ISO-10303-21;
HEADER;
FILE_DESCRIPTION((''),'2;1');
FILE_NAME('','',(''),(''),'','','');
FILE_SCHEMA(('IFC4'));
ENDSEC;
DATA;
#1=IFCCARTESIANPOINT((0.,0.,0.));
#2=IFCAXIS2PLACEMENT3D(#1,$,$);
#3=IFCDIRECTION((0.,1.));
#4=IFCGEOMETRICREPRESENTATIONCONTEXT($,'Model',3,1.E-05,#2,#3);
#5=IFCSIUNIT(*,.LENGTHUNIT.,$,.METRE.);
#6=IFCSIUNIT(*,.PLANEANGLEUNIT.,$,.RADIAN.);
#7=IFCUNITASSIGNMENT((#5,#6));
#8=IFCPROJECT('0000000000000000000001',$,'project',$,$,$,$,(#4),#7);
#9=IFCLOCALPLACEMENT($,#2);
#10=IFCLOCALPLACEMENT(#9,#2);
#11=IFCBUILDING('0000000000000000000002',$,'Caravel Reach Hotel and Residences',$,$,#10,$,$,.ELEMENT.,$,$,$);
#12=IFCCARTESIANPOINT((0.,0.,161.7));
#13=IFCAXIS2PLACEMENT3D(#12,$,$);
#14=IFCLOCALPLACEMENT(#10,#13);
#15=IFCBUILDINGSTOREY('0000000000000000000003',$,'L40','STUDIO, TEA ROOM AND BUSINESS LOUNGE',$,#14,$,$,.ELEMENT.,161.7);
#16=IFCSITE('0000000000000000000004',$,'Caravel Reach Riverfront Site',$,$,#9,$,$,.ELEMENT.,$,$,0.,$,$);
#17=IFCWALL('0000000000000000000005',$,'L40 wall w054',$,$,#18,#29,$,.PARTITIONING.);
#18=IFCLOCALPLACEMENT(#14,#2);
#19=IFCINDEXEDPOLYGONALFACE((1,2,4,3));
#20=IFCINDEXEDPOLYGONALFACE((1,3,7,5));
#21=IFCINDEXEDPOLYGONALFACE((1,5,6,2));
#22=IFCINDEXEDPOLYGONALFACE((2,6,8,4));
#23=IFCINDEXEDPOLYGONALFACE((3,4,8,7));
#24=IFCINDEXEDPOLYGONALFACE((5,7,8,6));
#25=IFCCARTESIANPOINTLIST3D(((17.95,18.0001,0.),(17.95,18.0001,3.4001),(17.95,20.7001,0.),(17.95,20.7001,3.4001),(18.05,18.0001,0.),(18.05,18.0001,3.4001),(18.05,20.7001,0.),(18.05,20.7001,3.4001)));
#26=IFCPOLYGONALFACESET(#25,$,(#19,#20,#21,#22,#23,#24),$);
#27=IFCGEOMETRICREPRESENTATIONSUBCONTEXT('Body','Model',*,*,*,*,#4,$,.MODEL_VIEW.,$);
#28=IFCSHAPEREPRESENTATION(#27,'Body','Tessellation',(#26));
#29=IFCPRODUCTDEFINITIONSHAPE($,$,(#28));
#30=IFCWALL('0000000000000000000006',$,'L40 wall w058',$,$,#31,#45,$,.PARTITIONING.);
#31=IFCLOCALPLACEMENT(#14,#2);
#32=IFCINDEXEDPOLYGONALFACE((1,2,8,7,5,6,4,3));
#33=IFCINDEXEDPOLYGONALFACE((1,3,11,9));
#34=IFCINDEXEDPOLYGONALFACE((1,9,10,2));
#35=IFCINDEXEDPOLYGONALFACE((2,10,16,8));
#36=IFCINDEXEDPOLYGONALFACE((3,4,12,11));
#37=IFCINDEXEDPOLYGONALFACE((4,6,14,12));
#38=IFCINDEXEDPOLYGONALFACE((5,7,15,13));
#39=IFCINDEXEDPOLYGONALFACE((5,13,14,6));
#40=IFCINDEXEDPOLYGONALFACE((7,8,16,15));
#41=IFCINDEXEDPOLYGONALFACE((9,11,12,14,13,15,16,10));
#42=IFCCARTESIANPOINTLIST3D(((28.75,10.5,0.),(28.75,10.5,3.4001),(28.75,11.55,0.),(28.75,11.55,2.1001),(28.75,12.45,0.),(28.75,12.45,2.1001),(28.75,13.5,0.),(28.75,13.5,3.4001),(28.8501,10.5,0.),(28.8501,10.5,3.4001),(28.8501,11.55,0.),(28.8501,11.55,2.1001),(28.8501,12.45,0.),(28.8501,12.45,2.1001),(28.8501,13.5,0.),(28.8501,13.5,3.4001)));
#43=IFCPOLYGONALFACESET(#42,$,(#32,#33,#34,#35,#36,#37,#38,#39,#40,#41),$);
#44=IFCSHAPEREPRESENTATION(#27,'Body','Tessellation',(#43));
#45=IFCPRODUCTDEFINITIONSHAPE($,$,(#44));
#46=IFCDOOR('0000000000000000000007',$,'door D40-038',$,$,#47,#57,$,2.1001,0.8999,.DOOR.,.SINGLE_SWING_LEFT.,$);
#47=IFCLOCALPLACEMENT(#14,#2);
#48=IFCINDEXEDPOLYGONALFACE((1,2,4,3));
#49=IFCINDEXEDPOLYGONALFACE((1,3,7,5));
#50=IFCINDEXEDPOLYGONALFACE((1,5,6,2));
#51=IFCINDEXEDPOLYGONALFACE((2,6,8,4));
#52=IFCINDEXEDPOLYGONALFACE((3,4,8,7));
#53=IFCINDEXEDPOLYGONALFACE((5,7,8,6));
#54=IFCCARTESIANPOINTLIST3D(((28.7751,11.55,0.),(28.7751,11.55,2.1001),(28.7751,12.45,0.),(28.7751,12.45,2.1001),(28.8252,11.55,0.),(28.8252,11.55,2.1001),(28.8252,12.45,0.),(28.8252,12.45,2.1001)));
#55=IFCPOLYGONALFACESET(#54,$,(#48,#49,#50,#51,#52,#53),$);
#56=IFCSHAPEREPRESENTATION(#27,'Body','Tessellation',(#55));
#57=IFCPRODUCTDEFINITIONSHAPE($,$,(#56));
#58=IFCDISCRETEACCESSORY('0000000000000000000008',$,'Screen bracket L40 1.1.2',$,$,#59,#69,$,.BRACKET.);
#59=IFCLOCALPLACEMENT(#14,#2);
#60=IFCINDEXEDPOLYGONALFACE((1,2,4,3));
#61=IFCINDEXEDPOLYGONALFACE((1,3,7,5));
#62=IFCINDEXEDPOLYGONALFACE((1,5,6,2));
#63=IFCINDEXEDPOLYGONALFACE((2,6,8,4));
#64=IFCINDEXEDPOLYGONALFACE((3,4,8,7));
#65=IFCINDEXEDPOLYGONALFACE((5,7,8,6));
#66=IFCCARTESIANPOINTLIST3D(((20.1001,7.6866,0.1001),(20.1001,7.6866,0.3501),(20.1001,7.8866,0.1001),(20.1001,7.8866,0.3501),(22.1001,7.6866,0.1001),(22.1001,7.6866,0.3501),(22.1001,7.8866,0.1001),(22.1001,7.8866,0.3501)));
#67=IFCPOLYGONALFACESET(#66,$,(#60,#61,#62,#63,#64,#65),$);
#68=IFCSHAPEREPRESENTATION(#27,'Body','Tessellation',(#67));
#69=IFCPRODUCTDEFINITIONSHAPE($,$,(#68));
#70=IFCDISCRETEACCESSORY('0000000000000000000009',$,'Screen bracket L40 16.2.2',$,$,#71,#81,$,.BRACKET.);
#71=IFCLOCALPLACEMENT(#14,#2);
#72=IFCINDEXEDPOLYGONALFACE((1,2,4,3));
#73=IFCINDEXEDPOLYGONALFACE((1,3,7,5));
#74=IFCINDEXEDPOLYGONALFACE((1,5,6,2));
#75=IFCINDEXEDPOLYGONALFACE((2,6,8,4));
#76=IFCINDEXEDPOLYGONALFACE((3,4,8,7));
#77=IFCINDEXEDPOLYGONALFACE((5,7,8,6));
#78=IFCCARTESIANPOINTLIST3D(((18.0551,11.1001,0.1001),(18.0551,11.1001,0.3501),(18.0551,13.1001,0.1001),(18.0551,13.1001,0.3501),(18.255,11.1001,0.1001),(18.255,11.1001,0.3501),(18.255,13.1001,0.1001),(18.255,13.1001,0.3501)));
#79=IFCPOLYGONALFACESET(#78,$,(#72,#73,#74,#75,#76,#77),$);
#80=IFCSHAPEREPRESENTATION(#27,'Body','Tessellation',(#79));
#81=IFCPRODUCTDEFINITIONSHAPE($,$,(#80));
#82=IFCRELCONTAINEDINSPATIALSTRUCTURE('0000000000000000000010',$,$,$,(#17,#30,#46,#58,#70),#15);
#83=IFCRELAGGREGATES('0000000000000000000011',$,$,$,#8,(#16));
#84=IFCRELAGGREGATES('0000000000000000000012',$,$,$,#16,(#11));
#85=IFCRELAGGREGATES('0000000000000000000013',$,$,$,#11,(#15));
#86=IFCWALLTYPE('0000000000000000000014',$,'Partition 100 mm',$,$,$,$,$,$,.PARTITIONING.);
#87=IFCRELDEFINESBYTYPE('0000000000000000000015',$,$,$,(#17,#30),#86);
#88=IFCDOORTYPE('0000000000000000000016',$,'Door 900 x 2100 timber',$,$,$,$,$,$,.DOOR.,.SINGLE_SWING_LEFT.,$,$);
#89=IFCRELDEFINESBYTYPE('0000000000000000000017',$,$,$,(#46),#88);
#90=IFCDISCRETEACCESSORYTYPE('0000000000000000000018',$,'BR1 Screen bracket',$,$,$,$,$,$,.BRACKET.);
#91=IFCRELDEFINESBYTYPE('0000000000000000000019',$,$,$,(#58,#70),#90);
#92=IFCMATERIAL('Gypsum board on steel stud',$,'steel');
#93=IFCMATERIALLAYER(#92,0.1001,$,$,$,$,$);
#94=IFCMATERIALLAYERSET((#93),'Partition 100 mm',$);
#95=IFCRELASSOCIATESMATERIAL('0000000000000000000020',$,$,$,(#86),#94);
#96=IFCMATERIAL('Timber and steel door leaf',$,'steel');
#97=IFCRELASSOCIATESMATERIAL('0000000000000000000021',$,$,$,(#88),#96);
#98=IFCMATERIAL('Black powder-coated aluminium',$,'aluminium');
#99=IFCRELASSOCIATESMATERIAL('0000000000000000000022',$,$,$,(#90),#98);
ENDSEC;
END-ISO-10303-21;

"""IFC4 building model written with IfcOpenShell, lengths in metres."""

from ifc_helpers import new_model, si_unit, direction, frame, frame_2d, origin, origin_2d, place, context, subcontext, project, spatial, rectangle, extrude, material, layer, layer_set, type_object, element, fill, save


model = new_model("IFC4")

# Units and contexts
model_context = context("Model", 3, precision=1e-05, world=origin(), true_north=direction((0.0, 1.0)))
body_context = subcontext(model_context, "Body", "Model", "MODEL_VIEW")
ifc_project = project(units=[si_unit("LENGTHUNIT", "METRE"), si_unit("PLANEANGLEUNIT", "RADIAN")], contexts=[model_context])

# Site, building, storey
site_placement = place(None, origin())
site = spatial("IfcSite", under=ifc_project, at=site_placement, Name="Caravel Reach Riverfront Site", CompositionType="ELEMENT", RefElevation=0.0)
building_placement = place(site_placement, origin())
building = spatial("IfcBuilding", under=site, at=building_placement, Name="Caravel Reach Hotel and Residences", CompositionType="ELEMENT")
storey_placement = place(building_placement, frame((0.0, 0.0, 161.7)))
storey = spatial("IfcBuildingStorey", under=building, at=storey_placement, Name="L40", Description="STUDIO, TEA ROOM AND BUSINESS LOUNGE", CompositionType="ELEMENT", Elevation=161.7)

# Wall
ifc_material_1 = material(Name="Gypsum board on steel stud", Category="steel")
ifc_layer_1 = layer(ifc_material_1, 0.1001)
ifc_layer_set_1 = layer_set([ifc_layer_1], Name="Partition 100 mm")
wall_type_1 = type_object("IfcWallType", Name="Partition 100 mm", PredefinedType="PARTITIONING", material=ifc_layer_set_1)
wall_1_placement = place(storey_placement, frame((18.0, 18.0, 0.0), z_axis=(0.0, 0.0, 1.0), x_axis=(0.0, 1.0, 0.0)))
element("IfcWall", 1, at=wall_1_placement, inside=storey, type_object=wall_type_1, Name="L40 wall w054", PredefinedType="PARTITIONING", context=body_context, shape_type="SweptSolid", body=[
    extrude(rectangle(XDim=2.7, YDim=0.1001, at=frame_2d((1.3501, 0.0))), origin(), (0.0, 0.0, 1.0), 3.4001),
])

# Wall, opening, door
wall_2_placement = place(storey_placement, frame((28.8, 10.5, 0.0), z_axis=(0.0, 0.0, 1.0), x_axis=(0.0, 1.0, 0.0)))
wall_2 = element("IfcWall", 2, at=wall_2_placement, inside=storey, type_object=wall_type_1, Name="L40 wall w058", PredefinedType="PARTITIONING", context=body_context, shape_type="SweptSolid", body=[
    extrude(rectangle(XDim=3.0, YDim=0.1001, at=frame_2d((1.5, 0.0))), origin(), (0.0, 0.0, 1.0), 3.4001),
])
opening_1_placement = place(wall_2_placement, frame((1.05, 0.0, 0.0)))
opening_1 = element("IfcOpeningElement", 3, at=opening_1_placement, cuts=wall_2, PredefinedType="OPENING", context=body_context, shape_type="SweptSolid", body=[
    extrude(rectangle(XDim=0.8999, YDim=2.1001, at=frame_2d((0.45, 1.05))), frame((0.0, 0.0601, 0.0), z_axis=(0.0, -1.0, 0.0), x_axis=(1.0, 0.0, 0.0)), (0.0, 0.0, 1.0), 0.1201),
])
ifc_material_2 = material(Name="Timber and steel door leaf", Category="steel")
door_type_1 = type_object("IfcDoorType", Name="Door 900 x 2100 timber", OperationType="SINGLE_SWING_LEFT", PredefinedType="DOOR", material=ifc_material_2)
door_1_placement = place(opening_1_placement, origin())
door_1 = element("IfcDoor", 4, at=door_1_placement, inside=storey, type_object=door_type_1, Name="door D40-038", OperationType="SINGLE_SWING_LEFT", OverallHeight=2.1001, OverallWidth=0.8999, PredefinedType="DOOR", context=body_context, shape_type="SweptSolid", body=[
    extrude(rectangle(XDim=0.8999, YDim=2.1001, at=frame_2d((0.45, 1.05))), frame((0.0, 0.0249, 0.0), z_axis=(0.0, -1.0, 0.0), x_axis=(1.0, 0.0, 0.0)), (0.0, 0.0, 1.0), 0.05),
])
fill(opening_1, door_1)

# Discrete accessories
ifc_material_3 = material(Name="Black powder-coated aluminium", Category="aluminium")
discrete_accessory_type = type_object("IfcDiscreteAccessoryType", Name="BR1 Screen bracket", PredefinedType="BRACKET", material=ifc_material_3)
for number, where, z_axis, x_axis, name in (
    (5, (21.1001, 7.7866, 0.1001), (0.0, 0.0, 1.0), (-1.0, 0.0, 0.0), "Screen bracket L40 1.1.2"),
    (6, (18.155, 12.1001, 0.1001), (0.0, 0.0, 1.0), (0.0, -1.0, 0.0), "Screen bracket L40 16.2.2"),
):
    element("IfcDiscreteAccessory", number, at=place(storey_placement, frame(where, z_axis=z_axis, x_axis=x_axis)), inside=storey, type_object=discrete_accessory_type, Name=name, PredefinedType="BRACKET", context=body_context, shape_type="SweptSolid", body=[
        extrude(rectangle(XDim=2.0, YDim=0.2, at=origin_2d()), origin(), (0.0, 0.0, 1.0), 0.25),
    ])

save(model, "model.ifc")
